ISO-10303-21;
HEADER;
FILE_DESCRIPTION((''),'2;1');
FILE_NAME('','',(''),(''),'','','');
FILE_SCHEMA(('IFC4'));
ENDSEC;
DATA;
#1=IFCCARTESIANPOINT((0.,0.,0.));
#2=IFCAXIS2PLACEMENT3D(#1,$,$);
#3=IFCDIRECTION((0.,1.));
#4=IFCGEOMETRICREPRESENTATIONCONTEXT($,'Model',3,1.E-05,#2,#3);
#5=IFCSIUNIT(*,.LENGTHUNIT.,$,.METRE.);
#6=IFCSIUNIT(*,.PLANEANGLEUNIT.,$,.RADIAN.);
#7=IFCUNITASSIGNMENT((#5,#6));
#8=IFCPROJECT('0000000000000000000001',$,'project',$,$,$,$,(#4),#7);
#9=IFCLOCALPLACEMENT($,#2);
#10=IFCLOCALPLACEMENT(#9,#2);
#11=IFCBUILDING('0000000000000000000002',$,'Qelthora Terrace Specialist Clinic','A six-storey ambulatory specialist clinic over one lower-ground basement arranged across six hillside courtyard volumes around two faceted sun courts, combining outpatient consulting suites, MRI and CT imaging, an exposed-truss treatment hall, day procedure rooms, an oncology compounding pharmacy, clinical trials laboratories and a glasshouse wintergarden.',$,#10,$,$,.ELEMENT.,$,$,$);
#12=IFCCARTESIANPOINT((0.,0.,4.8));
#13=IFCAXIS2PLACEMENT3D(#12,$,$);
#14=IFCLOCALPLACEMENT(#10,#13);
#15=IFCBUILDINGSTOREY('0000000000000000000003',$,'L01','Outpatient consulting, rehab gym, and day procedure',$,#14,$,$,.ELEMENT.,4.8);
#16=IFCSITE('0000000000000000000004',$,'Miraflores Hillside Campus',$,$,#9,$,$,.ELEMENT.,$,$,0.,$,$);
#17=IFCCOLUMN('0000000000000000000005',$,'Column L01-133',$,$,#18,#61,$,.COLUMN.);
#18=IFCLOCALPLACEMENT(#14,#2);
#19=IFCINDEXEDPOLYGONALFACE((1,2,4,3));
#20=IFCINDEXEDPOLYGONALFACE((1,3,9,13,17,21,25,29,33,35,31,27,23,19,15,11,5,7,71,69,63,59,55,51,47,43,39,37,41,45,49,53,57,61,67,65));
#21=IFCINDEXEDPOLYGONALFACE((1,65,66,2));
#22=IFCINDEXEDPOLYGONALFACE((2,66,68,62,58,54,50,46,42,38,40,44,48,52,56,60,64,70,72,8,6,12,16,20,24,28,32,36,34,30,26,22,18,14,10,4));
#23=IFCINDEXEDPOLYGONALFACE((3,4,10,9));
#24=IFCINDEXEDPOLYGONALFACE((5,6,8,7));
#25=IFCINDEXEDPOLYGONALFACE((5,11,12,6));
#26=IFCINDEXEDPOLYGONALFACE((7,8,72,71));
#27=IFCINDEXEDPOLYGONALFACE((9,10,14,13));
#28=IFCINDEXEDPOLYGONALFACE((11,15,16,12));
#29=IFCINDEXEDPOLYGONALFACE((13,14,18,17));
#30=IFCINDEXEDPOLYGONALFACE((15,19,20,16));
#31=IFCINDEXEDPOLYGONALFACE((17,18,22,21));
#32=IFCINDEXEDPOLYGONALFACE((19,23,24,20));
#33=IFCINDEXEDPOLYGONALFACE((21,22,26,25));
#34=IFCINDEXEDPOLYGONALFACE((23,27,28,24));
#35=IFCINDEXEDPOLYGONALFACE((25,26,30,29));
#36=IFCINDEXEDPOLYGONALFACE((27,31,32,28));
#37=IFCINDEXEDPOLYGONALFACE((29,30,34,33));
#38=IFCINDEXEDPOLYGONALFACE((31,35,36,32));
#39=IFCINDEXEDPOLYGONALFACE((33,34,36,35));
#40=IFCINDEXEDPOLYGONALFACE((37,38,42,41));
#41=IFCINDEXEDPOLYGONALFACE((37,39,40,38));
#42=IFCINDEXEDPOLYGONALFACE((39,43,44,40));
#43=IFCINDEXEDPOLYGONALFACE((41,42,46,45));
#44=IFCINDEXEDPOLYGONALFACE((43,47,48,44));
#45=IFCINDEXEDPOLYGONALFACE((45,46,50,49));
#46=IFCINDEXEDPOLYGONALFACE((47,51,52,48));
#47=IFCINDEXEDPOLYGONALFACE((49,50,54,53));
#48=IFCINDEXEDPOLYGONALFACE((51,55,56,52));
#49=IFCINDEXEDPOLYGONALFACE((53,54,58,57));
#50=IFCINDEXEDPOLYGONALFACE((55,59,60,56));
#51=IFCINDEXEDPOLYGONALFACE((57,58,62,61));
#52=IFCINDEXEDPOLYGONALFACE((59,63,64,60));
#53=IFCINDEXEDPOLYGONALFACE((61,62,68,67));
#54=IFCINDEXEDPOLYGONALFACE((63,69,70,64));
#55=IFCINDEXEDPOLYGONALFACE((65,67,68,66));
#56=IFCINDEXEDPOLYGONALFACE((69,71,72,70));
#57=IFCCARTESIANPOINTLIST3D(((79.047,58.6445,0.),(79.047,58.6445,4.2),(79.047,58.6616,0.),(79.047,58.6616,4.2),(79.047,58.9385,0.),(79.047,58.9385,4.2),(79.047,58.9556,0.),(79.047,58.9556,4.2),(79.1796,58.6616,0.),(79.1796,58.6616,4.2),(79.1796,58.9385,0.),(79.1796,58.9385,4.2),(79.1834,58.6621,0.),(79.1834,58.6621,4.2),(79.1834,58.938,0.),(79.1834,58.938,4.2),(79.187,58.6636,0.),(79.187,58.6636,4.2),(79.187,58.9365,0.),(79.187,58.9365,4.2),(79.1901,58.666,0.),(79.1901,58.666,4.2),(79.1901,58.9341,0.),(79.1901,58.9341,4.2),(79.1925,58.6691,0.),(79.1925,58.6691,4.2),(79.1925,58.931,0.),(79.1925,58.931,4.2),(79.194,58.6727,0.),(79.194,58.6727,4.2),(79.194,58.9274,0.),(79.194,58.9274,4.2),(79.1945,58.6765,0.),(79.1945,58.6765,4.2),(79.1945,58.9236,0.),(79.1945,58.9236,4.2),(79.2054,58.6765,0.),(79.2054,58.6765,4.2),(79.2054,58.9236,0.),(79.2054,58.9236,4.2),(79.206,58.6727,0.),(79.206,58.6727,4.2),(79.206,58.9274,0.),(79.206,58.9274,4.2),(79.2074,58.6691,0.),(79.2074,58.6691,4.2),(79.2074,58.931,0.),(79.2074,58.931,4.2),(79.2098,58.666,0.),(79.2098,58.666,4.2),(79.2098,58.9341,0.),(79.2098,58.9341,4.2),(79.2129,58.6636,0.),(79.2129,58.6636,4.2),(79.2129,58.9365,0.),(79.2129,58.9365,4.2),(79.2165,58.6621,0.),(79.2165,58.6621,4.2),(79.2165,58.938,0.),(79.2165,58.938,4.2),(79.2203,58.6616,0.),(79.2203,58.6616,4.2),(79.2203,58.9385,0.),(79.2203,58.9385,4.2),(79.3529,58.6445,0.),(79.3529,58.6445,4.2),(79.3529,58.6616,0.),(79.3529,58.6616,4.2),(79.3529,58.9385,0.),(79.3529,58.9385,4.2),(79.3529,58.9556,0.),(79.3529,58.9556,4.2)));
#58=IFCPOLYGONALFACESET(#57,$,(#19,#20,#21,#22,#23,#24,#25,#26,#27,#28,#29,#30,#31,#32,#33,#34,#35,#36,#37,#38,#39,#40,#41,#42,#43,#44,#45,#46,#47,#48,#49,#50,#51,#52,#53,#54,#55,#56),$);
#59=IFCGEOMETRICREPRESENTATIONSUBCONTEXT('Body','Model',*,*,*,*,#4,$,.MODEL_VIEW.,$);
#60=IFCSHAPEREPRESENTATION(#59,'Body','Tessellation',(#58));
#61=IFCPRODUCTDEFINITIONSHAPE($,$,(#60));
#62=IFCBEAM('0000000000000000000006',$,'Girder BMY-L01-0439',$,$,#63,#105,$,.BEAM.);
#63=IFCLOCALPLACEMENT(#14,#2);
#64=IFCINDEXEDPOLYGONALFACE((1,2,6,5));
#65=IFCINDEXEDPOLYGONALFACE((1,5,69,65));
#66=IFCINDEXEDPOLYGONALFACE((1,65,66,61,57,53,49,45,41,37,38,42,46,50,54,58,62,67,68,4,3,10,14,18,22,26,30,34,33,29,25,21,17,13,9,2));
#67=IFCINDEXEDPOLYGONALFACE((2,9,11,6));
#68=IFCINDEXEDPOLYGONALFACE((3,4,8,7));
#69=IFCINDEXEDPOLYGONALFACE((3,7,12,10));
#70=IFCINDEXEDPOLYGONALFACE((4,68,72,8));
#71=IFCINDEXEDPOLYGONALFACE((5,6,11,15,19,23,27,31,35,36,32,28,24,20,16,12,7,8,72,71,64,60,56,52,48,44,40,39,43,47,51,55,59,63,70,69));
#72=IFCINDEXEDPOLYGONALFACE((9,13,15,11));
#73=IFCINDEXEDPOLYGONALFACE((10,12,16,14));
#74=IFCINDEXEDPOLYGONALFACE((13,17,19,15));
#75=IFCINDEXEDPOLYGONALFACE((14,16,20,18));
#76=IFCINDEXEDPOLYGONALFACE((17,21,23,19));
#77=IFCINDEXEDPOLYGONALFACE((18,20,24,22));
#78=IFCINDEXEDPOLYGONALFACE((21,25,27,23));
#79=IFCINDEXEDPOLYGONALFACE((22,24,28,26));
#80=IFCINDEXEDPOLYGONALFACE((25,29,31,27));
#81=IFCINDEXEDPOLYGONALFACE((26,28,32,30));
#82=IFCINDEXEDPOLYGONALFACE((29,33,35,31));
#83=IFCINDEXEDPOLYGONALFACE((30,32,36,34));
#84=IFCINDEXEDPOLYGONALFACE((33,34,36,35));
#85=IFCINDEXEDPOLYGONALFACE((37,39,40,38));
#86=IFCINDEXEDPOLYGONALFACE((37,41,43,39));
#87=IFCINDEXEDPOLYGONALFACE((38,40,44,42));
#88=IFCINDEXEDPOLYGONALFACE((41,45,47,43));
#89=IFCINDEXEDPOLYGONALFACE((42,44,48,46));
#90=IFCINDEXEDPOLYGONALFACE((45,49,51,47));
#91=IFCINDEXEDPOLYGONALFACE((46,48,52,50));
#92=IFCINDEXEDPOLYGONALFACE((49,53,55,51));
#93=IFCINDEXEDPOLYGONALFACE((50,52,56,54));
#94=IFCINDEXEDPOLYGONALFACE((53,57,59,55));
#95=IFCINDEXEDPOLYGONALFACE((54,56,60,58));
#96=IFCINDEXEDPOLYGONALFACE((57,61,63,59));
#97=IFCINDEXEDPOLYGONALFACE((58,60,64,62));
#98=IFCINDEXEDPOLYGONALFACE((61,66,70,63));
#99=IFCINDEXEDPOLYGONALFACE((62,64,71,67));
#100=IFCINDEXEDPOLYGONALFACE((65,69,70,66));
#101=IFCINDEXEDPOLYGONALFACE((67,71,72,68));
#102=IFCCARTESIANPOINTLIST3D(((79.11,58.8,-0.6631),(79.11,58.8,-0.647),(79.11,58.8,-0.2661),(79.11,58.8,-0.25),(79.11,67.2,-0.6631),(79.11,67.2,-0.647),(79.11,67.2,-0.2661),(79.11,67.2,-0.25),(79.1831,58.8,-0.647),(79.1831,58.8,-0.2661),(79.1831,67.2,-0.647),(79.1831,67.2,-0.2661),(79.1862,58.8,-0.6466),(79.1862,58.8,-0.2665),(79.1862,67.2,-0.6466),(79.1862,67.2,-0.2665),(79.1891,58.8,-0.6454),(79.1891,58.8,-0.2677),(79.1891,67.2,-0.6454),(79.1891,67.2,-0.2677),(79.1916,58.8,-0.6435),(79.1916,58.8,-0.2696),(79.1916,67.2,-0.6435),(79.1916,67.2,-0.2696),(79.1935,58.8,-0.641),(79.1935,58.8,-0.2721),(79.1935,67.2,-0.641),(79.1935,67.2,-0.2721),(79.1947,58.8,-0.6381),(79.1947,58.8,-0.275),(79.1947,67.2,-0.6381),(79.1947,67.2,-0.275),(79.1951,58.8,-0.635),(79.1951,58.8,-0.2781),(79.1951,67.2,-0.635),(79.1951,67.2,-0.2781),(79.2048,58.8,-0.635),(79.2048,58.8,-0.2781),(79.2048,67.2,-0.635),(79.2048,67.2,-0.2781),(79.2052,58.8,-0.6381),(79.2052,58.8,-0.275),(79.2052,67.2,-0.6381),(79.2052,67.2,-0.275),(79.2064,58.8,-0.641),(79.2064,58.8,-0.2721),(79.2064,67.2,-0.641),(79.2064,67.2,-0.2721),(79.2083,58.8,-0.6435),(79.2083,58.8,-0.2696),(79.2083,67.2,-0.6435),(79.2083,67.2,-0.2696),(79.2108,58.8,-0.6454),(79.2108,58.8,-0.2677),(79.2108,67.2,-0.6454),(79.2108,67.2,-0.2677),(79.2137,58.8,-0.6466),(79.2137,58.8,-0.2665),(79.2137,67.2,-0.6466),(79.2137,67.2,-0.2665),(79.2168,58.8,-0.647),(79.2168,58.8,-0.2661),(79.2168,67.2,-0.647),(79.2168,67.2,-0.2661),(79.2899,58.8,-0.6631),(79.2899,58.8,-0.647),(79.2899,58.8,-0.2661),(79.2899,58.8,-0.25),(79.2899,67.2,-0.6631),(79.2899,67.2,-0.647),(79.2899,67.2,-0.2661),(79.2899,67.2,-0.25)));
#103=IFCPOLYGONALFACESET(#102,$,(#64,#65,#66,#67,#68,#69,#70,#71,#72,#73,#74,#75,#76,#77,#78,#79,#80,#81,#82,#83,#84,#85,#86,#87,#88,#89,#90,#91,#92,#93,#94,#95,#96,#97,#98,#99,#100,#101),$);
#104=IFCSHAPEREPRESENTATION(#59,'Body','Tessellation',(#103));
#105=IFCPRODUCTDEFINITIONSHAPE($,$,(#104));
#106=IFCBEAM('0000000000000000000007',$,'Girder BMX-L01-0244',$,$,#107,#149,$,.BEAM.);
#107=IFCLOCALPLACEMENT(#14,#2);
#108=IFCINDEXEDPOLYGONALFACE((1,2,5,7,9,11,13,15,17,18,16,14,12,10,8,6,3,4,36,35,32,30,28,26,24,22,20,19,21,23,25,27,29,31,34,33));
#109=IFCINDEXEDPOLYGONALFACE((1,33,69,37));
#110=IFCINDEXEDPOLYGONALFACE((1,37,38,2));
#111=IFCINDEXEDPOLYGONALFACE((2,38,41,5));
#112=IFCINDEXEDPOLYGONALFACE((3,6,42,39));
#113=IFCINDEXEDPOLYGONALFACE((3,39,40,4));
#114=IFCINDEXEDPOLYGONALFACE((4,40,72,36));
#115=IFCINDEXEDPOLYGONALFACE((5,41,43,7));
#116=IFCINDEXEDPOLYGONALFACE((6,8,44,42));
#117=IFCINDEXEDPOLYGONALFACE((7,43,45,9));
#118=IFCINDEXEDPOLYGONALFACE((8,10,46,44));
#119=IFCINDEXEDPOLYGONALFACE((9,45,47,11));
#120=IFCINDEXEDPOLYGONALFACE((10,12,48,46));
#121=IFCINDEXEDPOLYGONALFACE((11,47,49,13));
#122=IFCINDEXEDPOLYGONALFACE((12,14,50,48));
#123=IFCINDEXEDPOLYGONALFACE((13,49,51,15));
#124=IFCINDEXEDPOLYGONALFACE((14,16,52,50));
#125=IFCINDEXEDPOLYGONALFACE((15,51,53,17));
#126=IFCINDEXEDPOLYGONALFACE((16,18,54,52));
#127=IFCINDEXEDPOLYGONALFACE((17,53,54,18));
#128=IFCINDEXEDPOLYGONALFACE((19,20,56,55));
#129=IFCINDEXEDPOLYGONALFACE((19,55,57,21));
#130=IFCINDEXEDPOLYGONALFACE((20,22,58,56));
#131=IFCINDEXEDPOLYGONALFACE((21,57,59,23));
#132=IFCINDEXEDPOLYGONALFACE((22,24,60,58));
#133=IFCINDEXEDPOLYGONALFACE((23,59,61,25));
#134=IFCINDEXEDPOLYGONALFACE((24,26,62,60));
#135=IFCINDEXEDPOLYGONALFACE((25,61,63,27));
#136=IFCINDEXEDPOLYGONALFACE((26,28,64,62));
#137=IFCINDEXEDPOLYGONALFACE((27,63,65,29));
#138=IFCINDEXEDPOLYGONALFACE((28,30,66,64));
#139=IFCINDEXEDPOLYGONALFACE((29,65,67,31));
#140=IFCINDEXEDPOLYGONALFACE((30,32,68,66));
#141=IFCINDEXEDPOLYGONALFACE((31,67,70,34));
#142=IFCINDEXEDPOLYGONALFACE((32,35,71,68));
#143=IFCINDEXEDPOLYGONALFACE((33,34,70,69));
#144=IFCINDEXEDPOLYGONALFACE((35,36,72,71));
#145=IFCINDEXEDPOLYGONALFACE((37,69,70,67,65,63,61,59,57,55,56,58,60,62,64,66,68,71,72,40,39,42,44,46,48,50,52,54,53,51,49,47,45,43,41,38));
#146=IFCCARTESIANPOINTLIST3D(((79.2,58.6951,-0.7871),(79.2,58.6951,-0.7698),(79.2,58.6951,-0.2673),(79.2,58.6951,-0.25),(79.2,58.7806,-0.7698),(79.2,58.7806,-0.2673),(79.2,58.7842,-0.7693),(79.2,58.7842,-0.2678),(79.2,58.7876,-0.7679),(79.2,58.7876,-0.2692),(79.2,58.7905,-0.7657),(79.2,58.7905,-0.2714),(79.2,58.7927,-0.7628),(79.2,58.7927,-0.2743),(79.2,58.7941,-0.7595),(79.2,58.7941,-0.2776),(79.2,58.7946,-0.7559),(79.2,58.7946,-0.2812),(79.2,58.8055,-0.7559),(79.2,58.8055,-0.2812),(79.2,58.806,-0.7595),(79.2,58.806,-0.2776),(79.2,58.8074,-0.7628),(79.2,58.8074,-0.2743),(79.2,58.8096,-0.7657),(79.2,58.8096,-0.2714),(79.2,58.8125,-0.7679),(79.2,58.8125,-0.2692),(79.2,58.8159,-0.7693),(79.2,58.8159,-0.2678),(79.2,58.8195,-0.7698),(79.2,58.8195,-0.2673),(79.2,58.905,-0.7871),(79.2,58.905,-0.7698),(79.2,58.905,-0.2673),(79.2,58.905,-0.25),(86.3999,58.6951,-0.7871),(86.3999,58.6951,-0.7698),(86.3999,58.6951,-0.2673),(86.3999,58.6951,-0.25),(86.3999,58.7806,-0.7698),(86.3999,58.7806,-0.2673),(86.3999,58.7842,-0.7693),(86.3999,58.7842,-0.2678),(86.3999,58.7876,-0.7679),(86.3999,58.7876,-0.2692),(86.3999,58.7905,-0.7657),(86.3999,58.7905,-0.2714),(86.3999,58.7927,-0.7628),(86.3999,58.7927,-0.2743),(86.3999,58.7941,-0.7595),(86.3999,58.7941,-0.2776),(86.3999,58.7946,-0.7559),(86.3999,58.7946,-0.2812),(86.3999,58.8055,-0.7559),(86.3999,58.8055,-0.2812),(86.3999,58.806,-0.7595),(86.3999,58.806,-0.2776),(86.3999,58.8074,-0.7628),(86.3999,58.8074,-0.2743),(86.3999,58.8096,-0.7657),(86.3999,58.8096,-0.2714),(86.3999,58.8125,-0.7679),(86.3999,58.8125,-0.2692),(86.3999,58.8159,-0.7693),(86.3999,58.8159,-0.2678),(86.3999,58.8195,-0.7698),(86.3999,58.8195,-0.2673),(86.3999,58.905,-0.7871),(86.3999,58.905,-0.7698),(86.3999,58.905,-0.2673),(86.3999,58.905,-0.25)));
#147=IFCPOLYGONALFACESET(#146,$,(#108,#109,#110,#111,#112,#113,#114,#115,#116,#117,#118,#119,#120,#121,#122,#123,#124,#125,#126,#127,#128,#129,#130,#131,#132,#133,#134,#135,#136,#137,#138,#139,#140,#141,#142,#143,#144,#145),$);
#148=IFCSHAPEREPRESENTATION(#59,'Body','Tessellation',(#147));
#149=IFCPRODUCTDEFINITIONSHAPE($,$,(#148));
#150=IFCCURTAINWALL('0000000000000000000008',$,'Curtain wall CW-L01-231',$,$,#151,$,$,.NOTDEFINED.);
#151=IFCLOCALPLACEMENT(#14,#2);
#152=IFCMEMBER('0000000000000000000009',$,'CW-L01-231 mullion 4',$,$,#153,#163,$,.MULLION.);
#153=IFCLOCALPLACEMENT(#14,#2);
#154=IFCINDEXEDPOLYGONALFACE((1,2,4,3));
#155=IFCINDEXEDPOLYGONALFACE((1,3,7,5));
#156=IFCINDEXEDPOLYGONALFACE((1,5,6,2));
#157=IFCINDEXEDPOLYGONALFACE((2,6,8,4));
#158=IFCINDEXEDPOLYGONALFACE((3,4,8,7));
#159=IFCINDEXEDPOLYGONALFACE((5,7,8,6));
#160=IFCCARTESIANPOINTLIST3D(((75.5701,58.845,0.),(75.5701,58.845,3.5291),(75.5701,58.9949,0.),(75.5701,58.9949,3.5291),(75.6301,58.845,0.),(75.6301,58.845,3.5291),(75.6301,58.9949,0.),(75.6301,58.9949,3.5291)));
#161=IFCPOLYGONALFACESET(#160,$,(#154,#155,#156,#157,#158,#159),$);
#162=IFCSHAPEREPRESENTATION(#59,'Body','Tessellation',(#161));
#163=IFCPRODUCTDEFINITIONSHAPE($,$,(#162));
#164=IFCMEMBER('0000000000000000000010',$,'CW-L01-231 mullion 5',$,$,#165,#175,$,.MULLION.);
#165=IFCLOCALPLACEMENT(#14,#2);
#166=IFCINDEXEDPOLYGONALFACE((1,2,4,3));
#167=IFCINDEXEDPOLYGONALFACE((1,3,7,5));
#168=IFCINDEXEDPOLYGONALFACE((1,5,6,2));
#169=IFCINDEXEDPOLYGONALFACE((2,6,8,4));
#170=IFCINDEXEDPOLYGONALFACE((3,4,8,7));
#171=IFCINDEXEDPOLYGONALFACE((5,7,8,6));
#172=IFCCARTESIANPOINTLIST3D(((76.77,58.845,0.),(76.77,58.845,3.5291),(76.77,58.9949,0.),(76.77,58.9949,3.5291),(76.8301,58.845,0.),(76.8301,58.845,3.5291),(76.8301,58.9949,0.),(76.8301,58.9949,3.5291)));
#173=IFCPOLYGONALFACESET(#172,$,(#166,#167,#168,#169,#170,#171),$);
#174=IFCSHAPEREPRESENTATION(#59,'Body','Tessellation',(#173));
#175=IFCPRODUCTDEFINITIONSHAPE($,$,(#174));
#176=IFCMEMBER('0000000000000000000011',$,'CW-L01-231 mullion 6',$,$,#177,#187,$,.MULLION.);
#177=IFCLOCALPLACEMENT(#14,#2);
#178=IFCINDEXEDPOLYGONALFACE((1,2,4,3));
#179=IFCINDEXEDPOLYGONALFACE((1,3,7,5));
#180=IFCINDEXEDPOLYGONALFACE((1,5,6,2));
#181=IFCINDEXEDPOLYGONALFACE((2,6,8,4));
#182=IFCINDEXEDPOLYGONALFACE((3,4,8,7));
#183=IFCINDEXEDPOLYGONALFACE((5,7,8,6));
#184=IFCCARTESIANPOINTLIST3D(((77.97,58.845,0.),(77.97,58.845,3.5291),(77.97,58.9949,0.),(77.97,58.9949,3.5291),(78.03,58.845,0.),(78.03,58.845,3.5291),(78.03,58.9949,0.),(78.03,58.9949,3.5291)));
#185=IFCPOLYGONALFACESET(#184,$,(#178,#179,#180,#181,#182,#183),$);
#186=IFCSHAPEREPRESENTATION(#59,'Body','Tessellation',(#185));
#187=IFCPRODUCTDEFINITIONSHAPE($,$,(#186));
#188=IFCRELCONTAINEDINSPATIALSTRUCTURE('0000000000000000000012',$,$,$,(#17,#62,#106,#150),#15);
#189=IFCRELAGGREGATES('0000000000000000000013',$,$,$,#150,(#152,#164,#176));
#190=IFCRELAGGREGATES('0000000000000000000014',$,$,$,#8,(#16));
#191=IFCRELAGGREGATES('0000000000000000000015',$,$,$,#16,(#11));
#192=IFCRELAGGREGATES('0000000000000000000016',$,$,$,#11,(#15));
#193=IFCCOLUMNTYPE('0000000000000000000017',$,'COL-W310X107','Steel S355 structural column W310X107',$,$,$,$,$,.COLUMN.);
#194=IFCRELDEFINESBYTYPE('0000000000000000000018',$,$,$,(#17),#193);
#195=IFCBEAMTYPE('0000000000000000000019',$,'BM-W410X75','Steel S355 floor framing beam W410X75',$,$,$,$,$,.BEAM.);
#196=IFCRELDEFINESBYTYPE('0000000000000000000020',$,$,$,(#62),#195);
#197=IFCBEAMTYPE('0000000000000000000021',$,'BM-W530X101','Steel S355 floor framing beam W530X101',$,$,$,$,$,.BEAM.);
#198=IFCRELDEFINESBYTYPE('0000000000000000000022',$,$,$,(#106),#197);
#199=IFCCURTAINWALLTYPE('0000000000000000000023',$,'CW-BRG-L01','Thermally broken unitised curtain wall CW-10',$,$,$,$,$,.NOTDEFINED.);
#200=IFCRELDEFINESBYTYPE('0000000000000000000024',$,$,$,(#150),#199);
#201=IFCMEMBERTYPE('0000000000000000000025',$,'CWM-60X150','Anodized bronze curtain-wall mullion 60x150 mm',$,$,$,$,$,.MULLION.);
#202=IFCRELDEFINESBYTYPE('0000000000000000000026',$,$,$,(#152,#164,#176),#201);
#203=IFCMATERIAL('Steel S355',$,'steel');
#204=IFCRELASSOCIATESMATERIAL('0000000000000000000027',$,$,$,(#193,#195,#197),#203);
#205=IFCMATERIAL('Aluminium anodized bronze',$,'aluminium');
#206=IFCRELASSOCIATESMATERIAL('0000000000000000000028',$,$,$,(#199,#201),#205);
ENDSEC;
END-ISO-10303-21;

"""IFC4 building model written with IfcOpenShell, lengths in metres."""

from ifc_helpers import new_model, si_unit, direction, frame, origin, origin_2d, place, context, subcontext, project, spatial, rectangle, i_section, extrude, material, material_profile, profile_set, type_object, element, aggregate, save


model = new_model("IFC4")

# Units and contexts
model_context = context("Model", 3, precision=1e-05, world=origin(), true_north=direction((0.0, 1.0)))
body_context = subcontext(model_context, "Body", "Model", "MODEL_VIEW")
ifc_project = project(units=[si_unit("LENGTHUNIT", "METRE"), si_unit("PLANEANGLEUNIT", "RADIAN")], contexts=[model_context])

# Site, building, storey
site_placement = place(None, origin())
site = spatial("IfcSite", under=ifc_project, at=site_placement, Name="Miraflores Hillside Campus", CompositionType="ELEMENT", RefElevation=0.0)
building_placement = place(site_placement, origin())
building = spatial("IfcBuilding", under=site, at=building_placement, Name="Qelthora Terrace Specialist Clinic", Description="A six-storey ambulatory specialist clinic over one lower-ground basement arranged across six hillside courtyard volumes around two faceted sun courts, combining outpatient consulting suites, MRI and CT imaging, an exposed-truss treatment hall, day procedure rooms, an oncology compounding pharmacy, clinical trials laboratories and a glasshouse wintergarden.", CompositionType="ELEMENT")
storey_placement = place(building_placement, frame((0.0, 0.0, 4.8)))
storey = spatial("IfcBuildingStorey", under=building, at=storey_placement, Name="L01", Description="Outpatient consulting, rehab gym, and day procedure", CompositionType="ELEMENT", Elevation=4.8)

# Column
ifc_material_1 = material(Name="Steel S355", Category="steel")
ifc_material_profile_1 = material_profile(ifc_material_1, i_section(OverallWidth=0.3059, OverallDepth=0.311, WebThickness=0.011, FlangeThickness=0.0171, FilletRadius=0.0149, at=origin_2d()), Name="W310X107")
ifc_profile_set_1 = profile_set([ifc_material_profile_1], Name="Steel S355")
column_type = type_object("IfcColumnType", Name="COL-W310X107", Description="Steel S355 structural column W310X107", PredefinedType="COLUMN", material=ifc_profile_set_1)
column_placement = place(storey_placement, frame((79.2, 58.8, 0.0), z_axis=(0.0, 0.0, 1.0), x_axis=(1.0, 0.0, 0.0)))
element("IfcColumn", 1, at=column_placement, inside=storey, type_object=column_type, Name="Column L01-133", PredefinedType="COLUMN", context=body_context, shape_type="SweptSolid", body=[
    extrude(i_section(OverallWidth=0.3059, OverallDepth=0.311, WebThickness=0.011, FlangeThickness=0.0171, FilletRadius=0.0149, at=origin_2d()), origin(), (0.0, 0.0, 1.0), 4.2),
])

# Beams
ifc_material_profile_2 = material_profile(ifc_material_1, i_section(OverallWidth=0.1799, OverallDepth=0.4131, WebThickness=0.0098, FlangeThickness=0.0161, FilletRadius=0.012, at=origin_2d()), Name="W410X75")
ifc_profile_set_2 = profile_set([ifc_material_profile_2], Name="Steel S355")
beam_type_1 = type_object("IfcBeamType", Name="BM-W410X75", Description="Steel S355 floor framing beam W410X75", PredefinedType="BEAM", material=ifc_profile_set_2)
beam_1_placement = place(storey_placement, frame((79.2, 58.8, -0.4565), z_axis=(0.0, 1.0, 0.0), x_axis=(-1.0, 0.0, 0.0)))
element("IfcBeam", 2, at=beam_1_placement, inside=storey, type_object=beam_type_1, Name="Girder BMY-L01-0439", PredefinedType="BEAM", context=body_context, shape_type="SweptSolid", body=[
    extrude(i_section(OverallWidth=0.1799, OverallDepth=0.4131, WebThickness=0.0098, FlangeThickness=0.0161, FilletRadius=0.012, at=origin_2d()), origin(), (0.0, 0.0, 1.0), 8.3999),
])
ifc_material_profile_3 = material_profile(ifc_material_1, i_section(OverallWidth=0.21, OverallDepth=0.5371, WebThickness=0.011, FlangeThickness=0.0173, FilletRadius=0.0139, at=origin_2d()), Name="W530X101")
ifc_profile_set_3 = profile_set([ifc_material_profile_3], Name="Steel S355")
beam_type_2 = type_object("IfcBeamType", Name="BM-W530X101", Description="Steel S355 floor framing beam W530X101", PredefinedType="BEAM", material=ifc_profile_set_3)
beam_2_placement = place(storey_placement, frame((79.2, 58.8, -0.5186), z_axis=(1.0, 0.0, 0.0), x_axis=(0.0, 1.0, 0.0)))
element("IfcBeam", 3, at=beam_2_placement, inside=storey, type_object=beam_type_2, Name="Girder BMX-L01-0244", PredefinedType="BEAM", context=body_context, shape_type="SweptSolid", body=[
    extrude(i_section(OverallWidth=0.21, OverallDepth=0.5371, WebThickness=0.011, FlangeThickness=0.0173, FilletRadius=0.0139, at=origin_2d()), origin(), (0.0, 0.0, 1.0), 7.2),
])

# Curtain wall, members
ifc_material_2 = material(Name="Aluminium anodized bronze", Category="aluminium")
curtain_wall_type = type_object("IfcCurtainWallType", Name="CW-BRG-L01", Description="Thermally broken unitised curtain wall CW-10", PredefinedType="NOTDEFINED", material=ifc_material_2)
curtain_wall_1_placement = place(storey_placement, origin())
curtain_wall_1 = element("IfcCurtainWall", 4, at=curtain_wall_1_placement, inside=storey, type_object=curtain_wall_type, Name="Curtain wall CW-L01-231", PredefinedType="NOTDEFINED")
ifc_material_profile_4 = material_profile(ifc_material_2, rectangle(XDim=0.0601, YDim=0.1499, at=origin_2d()), Name="CWM60X150")
ifc_profile_set_4 = profile_set([ifc_material_profile_4], Name="Aluminium anodized bronze")
member_type_1 = type_object("IfcMemberType", Name="CWM-60X150", Description="Anodized bronze curtain-wall mullion 60x150 mm", PredefinedType="MULLION", material=ifc_profile_set_4)
member_1_placement = place(storey_placement, frame((75.6001, 58.9199, 0.0), z_axis=(0.0, 0.0, 1.0), x_axis=(1.0, 0.0, 0.0)))
member_1 = element("IfcMember", 5, at=member_1_placement, type_object=member_type_1, Name="CW-L01-231 mullion 4", PredefinedType="MULLION", context=body_context, shape_type="SweptSolid", body=[
    extrude(rectangle(XDim=0.0601, YDim=0.1499, at=origin_2d()), origin(), (0.0, 0.0, 1.0), 3.5291),
])
member_2_placement = place(storey_placement, frame((76.8, 58.9199, 0.0), z_axis=(0.0, 0.0, 1.0), x_axis=(1.0, 0.0, 0.0)))
member_2 = element("IfcMember", 6, at=member_2_placement, type_object=member_type_1, Name="CW-L01-231 mullion 5", PredefinedType="MULLION", context=body_context, shape_type="SweptSolid", body=[
    extrude(rectangle(XDim=0.0601, YDim=0.1499, at=origin_2d()), origin(), (0.0, 0.0, 1.0), 3.5291),
])
member_3_placement = place(storey_placement, frame((78.0, 58.9199, 0.0), z_axis=(0.0, 0.0, 1.0), x_axis=(1.0, 0.0, 0.0)))
member_3 = element("IfcMember", 7, at=member_3_placement, type_object=member_type_1, Name="CW-L01-231 mullion 6", PredefinedType="MULLION", context=body_context, shape_type="SweptSolid", body=[
    extrude(rectangle(XDim=0.0601, YDim=0.1499, at=origin_2d()), origin(), (0.0, 0.0, 1.0), 3.5291),
])

aggregate(curtain_wall_1, [member_1, member_2, member_3])

save(model, "model.ifc")
